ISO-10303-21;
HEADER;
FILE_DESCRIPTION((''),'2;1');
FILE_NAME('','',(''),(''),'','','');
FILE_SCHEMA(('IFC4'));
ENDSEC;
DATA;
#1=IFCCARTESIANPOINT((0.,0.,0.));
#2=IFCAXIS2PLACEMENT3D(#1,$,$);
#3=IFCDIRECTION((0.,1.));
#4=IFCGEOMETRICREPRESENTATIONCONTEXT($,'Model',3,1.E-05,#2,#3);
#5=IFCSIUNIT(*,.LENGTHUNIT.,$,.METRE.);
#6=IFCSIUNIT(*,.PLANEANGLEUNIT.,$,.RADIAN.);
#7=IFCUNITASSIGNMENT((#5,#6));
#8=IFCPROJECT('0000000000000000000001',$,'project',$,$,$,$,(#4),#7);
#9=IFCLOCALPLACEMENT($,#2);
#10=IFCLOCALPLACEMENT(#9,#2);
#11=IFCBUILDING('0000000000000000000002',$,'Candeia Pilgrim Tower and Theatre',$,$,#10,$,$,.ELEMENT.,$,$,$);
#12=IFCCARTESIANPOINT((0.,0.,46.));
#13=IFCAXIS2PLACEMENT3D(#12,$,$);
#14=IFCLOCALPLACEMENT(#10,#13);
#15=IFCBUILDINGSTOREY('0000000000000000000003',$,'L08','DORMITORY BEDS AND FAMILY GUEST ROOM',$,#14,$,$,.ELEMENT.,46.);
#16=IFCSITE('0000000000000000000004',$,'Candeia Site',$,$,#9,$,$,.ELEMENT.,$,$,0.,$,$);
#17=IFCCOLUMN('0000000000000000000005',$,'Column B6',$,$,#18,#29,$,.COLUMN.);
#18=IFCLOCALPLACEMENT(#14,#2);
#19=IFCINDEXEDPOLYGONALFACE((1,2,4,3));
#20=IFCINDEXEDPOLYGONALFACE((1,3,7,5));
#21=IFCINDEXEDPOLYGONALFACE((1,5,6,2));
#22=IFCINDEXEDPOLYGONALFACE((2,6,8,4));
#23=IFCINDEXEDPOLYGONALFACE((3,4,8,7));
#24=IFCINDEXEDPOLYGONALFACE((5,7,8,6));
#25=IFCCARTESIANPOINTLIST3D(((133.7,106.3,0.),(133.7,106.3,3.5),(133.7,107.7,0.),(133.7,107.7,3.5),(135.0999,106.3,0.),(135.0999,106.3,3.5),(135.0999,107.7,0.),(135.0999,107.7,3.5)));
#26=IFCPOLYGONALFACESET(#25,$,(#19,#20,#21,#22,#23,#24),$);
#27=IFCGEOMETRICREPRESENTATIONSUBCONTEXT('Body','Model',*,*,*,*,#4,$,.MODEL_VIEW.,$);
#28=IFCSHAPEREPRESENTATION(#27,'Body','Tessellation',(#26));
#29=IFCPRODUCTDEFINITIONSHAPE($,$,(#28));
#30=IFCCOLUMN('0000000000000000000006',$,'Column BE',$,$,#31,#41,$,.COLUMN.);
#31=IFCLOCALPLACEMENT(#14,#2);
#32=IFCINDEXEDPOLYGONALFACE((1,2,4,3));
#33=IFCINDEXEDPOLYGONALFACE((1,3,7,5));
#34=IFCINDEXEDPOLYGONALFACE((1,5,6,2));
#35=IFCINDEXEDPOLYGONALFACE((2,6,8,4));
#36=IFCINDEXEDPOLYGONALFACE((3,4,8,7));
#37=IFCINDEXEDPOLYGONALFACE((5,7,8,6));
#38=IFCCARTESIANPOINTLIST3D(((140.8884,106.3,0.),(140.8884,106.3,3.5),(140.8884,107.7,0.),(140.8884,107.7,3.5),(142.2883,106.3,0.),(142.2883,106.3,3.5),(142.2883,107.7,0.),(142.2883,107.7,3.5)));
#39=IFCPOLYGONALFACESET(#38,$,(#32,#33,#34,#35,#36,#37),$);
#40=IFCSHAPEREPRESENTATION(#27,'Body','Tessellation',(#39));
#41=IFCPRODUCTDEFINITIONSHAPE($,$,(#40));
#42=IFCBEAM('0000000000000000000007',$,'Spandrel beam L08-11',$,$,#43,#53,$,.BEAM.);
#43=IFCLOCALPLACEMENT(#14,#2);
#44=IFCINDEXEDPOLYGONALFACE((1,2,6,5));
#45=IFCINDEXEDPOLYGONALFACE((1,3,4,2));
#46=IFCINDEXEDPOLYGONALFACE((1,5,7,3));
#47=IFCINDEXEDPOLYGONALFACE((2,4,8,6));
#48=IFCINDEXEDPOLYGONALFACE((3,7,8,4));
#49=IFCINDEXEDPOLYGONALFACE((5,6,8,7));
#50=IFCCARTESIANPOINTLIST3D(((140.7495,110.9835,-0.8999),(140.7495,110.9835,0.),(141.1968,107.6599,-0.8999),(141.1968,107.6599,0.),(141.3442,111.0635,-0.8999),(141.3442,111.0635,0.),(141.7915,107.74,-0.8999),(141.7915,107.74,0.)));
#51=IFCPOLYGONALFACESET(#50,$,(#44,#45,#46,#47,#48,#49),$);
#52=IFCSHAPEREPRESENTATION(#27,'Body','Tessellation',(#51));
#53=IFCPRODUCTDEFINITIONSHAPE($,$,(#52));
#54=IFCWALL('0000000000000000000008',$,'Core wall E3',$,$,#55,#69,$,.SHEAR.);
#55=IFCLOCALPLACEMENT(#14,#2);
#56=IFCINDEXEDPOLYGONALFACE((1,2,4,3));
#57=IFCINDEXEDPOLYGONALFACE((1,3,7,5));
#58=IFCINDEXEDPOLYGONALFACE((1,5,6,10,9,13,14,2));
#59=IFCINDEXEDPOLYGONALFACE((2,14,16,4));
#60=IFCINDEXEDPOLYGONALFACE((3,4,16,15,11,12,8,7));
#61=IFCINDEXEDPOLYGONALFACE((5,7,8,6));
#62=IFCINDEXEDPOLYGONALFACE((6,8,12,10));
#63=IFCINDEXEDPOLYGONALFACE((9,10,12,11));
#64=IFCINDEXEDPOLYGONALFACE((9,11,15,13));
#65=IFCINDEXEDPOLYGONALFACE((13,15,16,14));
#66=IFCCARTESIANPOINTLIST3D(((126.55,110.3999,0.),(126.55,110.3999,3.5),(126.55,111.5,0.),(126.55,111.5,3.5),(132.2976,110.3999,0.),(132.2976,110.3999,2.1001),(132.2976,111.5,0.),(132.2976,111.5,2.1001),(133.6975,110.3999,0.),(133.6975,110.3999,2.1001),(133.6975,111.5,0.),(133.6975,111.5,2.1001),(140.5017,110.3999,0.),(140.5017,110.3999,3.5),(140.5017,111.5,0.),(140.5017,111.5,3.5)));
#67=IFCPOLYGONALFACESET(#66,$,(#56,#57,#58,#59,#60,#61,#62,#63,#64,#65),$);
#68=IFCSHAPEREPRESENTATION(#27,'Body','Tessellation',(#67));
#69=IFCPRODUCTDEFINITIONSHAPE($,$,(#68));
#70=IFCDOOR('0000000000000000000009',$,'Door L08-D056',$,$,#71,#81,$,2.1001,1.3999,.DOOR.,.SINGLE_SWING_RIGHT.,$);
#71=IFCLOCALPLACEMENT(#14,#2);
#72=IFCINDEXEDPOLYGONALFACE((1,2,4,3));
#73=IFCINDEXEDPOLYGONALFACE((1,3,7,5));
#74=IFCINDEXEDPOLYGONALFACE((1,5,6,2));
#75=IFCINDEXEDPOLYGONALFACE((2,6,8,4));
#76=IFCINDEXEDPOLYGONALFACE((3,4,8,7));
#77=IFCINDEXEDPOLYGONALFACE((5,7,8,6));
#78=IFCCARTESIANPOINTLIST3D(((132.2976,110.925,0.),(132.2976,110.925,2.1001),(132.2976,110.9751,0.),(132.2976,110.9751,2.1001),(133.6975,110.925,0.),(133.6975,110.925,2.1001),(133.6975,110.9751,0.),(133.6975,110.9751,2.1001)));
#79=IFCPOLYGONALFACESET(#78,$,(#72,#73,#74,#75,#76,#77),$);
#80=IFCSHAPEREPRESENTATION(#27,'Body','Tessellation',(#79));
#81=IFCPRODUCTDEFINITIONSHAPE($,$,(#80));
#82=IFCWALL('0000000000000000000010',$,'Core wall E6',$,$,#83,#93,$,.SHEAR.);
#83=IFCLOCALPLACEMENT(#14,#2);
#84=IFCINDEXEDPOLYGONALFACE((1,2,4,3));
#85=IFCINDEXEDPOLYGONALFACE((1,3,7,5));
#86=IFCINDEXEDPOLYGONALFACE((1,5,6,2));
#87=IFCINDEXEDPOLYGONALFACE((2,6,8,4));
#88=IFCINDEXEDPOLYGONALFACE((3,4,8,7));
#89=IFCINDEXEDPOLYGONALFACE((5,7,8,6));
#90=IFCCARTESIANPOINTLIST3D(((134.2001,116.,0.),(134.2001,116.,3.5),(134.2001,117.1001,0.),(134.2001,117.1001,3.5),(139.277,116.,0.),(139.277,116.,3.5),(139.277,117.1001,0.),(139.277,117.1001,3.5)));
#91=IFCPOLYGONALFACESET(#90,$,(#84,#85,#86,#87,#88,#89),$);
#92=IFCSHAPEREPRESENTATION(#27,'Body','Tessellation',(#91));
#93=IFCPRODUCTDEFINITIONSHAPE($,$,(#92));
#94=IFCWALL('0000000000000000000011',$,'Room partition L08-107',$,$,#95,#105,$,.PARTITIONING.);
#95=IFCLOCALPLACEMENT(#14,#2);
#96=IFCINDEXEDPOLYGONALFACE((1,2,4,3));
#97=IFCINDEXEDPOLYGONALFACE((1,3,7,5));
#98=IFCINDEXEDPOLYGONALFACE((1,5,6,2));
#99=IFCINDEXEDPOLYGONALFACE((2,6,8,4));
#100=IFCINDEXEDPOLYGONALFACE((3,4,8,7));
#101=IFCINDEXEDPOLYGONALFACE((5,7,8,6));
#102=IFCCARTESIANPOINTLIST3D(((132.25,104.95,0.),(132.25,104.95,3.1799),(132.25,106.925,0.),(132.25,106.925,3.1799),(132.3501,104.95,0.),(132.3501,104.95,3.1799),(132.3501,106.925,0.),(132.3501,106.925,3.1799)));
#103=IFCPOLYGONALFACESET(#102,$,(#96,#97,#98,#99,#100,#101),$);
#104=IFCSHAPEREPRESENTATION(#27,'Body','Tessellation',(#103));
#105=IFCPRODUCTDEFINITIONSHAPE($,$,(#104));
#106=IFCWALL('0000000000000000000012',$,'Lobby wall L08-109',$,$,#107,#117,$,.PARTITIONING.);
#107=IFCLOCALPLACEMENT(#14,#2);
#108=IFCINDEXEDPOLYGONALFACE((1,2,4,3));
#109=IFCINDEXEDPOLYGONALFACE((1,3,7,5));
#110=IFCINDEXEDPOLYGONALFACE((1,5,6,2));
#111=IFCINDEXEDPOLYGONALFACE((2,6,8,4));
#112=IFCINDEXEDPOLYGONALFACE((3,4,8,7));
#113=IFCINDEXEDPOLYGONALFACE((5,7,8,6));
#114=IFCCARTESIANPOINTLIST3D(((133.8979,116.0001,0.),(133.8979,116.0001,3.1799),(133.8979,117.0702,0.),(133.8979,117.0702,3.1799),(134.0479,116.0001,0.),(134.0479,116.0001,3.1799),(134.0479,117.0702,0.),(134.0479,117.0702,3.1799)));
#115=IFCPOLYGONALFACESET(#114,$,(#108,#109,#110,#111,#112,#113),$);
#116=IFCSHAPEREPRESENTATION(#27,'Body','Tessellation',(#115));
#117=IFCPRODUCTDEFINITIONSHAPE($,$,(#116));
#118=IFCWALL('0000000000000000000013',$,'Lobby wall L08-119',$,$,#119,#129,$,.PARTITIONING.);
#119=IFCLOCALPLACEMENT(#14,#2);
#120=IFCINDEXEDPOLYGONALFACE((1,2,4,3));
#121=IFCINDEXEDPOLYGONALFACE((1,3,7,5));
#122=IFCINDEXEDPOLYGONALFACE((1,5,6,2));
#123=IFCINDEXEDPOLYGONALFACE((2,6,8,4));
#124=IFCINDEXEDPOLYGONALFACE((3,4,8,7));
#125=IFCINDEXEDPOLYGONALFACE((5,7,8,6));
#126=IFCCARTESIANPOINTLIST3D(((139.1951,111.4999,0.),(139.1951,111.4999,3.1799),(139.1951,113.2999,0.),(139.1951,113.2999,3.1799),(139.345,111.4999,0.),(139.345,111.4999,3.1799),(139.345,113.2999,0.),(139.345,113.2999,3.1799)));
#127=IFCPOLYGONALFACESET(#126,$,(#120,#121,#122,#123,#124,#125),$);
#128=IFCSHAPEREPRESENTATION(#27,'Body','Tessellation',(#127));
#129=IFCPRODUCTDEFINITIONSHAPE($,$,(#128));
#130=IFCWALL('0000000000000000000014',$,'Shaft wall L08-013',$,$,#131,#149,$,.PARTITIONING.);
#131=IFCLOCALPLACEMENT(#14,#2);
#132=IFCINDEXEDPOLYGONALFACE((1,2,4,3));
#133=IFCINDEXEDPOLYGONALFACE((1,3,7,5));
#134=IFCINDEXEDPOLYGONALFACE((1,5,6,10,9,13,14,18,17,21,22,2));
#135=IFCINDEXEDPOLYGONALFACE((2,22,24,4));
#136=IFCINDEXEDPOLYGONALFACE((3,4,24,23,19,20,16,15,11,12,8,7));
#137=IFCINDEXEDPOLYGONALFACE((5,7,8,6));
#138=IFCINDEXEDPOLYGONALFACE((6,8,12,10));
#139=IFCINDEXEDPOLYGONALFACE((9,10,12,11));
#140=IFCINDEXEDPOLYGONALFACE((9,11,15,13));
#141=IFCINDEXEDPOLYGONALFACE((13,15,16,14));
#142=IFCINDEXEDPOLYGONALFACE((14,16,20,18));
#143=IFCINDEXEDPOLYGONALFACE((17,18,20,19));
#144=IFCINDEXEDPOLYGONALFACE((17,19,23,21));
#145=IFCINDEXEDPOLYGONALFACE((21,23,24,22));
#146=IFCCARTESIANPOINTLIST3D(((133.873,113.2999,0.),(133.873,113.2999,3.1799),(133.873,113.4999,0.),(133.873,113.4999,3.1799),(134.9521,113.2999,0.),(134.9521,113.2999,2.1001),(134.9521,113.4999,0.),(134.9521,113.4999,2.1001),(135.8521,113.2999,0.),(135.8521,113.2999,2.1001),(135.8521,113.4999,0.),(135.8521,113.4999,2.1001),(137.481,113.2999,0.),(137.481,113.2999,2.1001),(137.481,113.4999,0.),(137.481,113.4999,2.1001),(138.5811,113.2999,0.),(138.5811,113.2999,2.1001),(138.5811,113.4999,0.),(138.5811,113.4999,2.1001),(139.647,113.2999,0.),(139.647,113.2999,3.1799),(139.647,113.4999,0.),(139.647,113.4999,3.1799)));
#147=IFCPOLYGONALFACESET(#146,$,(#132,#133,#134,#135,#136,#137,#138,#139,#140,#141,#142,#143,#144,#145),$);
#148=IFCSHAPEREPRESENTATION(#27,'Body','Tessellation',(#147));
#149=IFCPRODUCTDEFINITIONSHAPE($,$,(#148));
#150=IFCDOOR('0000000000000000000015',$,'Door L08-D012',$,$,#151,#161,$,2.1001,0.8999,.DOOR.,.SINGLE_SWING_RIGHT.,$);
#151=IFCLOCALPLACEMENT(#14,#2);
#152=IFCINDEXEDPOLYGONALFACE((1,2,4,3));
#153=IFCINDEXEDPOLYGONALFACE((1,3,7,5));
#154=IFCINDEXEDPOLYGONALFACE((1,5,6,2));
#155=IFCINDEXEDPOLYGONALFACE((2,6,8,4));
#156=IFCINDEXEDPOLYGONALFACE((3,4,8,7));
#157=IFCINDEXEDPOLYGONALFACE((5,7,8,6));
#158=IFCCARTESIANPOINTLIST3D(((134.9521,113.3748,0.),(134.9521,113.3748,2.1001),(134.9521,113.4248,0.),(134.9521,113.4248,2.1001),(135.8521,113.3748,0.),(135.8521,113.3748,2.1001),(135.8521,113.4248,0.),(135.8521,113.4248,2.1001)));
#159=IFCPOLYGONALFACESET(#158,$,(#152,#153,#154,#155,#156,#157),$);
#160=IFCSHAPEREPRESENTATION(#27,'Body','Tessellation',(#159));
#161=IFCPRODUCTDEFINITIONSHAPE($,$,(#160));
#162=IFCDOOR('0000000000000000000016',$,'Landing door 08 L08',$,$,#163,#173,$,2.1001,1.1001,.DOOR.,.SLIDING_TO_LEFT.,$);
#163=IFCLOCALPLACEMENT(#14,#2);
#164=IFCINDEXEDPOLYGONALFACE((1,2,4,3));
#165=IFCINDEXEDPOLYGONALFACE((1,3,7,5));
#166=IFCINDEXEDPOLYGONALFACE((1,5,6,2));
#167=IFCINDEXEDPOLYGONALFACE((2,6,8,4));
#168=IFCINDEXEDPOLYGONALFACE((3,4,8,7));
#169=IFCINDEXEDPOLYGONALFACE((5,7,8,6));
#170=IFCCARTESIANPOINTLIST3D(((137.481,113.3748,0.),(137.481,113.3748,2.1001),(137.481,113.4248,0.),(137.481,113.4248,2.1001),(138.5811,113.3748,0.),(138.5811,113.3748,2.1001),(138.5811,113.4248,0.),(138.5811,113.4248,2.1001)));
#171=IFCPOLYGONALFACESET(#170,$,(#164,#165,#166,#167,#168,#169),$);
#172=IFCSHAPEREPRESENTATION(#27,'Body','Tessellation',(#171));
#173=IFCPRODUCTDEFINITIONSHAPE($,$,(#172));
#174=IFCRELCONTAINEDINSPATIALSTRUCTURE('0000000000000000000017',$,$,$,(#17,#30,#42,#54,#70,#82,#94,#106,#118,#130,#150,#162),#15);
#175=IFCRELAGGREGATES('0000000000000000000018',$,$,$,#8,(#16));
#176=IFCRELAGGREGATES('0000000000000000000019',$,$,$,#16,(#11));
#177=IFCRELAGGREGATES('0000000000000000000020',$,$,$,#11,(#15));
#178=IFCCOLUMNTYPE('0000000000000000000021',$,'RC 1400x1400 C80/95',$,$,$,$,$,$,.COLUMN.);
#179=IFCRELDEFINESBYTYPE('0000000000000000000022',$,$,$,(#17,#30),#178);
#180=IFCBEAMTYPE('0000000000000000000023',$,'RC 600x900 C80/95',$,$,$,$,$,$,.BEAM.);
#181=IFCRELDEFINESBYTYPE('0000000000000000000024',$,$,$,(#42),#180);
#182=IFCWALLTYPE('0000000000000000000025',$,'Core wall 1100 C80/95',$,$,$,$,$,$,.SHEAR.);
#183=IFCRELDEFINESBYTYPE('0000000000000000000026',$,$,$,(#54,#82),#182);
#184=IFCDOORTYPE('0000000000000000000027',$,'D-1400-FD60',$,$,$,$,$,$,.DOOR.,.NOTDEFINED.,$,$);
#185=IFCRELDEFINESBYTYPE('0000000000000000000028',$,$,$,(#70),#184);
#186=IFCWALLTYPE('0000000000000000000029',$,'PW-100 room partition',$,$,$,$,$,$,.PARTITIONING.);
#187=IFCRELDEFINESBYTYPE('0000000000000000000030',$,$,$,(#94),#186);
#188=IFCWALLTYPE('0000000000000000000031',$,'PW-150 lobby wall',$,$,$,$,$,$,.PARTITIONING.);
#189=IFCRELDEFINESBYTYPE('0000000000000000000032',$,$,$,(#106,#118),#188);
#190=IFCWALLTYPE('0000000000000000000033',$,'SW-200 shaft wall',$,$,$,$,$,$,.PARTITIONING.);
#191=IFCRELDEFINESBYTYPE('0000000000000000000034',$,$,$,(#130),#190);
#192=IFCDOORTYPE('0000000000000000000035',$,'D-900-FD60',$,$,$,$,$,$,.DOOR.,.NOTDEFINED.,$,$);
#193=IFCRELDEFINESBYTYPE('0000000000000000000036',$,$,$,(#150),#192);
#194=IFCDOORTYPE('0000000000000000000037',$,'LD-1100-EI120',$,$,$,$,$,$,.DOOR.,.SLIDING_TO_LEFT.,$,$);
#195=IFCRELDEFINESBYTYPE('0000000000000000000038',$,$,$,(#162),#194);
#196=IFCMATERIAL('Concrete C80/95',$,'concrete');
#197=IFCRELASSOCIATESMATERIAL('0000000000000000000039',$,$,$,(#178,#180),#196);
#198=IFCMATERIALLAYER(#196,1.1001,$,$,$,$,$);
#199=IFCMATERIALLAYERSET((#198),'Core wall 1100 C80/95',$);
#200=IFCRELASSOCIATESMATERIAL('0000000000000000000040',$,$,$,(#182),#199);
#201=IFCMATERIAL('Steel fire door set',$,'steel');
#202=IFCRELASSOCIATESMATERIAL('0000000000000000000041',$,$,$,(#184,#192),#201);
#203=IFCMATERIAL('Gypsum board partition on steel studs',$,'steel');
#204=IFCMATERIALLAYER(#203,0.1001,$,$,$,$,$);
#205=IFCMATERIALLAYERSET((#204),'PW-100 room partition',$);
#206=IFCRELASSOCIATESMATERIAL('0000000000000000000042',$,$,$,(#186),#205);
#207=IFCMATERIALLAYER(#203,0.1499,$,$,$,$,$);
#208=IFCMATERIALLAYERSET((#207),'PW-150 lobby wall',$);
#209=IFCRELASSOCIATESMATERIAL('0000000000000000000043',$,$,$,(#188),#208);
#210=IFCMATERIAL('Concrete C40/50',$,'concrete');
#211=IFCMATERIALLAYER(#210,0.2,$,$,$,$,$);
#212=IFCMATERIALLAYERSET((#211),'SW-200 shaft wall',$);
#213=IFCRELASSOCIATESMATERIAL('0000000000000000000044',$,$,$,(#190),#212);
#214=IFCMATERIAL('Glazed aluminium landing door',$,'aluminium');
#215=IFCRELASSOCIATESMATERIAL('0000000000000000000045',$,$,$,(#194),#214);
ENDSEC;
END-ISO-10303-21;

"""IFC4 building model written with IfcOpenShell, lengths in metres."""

from ifc_helpers import new_model, si_unit, direction, frame, frame_2d, origin, origin_2d, place, context, subcontext, project, spatial, rectangle, extrude, material, layer, layer_set, material_profile, profile_set, type_object, element, fill, save


model = new_model("IFC4")

# Units and contexts
model_context = context("Model", 3, precision=1e-05, world=origin(), true_north=direction((0.0, 1.0)))
body_context = subcontext(model_context, "Body", "Model", "MODEL_VIEW")
ifc_project = project(units=[si_unit("LENGTHUNIT", "METRE"), si_unit("PLANEANGLEUNIT", "RADIAN")], contexts=[model_context])

# Site, building, storey
site_placement = place(None, origin())
site = spatial("IfcSite", under=ifc_project, at=site_placement, Name="Candeia Site", CompositionType="ELEMENT", RefElevation=0.0)
building_placement = place(site_placement, origin())
building = spatial("IfcBuilding", under=site, at=building_placement, Name="Candeia Pilgrim Tower and Theatre", CompositionType="ELEMENT")
storey_placement = place(building_placement, frame((0.0, 0.0, 46.0)))
storey = spatial("IfcBuildingStorey", under=building, at=storey_placement, Name="L08", Description="DORMITORY BEDS AND FAMILY GUEST ROOM", CompositionType="ELEMENT", Elevation=46.0)

# Columns
ifc_material_1 = material(Name="Concrete C80/95", Category="concrete")
ifc_material_profile_1 = material_profile(ifc_material_1, rectangle(XDim=1.3999, YDim=1.3999, at=origin_2d()))
ifc_profile_set_1 = profile_set([ifc_material_profile_1], Name="Concrete C80/95")
column_type = type_object("IfcColumnType", Name="RC 1400x1400 C80/95", PredefinedType="COLUMN", material=ifc_profile_set_1)
for number, where, z_axis, x_axis, name in (
    (1, (134.3999, 107.0, 0.0), (0.0, 0.0, 1.0), (1.0, 0.0, 0.0), "Column B6"),
    (2, (141.5884, 107.0, 0.0), (0.0, 0.0, 1.0), (1.0, 0.0, 0.0), "Column BE"),
):
    element("IfcColumn", number, at=place(storey_placement, frame(where, z_axis=z_axis, x_axis=x_axis)), inside=storey, type_object=column_type, Name=name, PredefinedType="COLUMN", context=body_context, shape_type="SweptSolid", body=[
        extrude(rectangle(XDim=1.3999, YDim=1.3999, at=origin_2d()), origin(), (0.0, 0.0, 1.0), 3.5),
    ])

# Beam
ifc_material_profile_2 = material_profile(ifc_material_1, rectangle(XDim=0.6001, YDim=0.8999, at=origin_2d()))
ifc_profile_set_2 = profile_set([ifc_material_profile_2], Name="Concrete C80/95")
beam_type = type_object("IfcBeamType", Name="RC 600x900 C80/95", PredefinedType="BEAM", material=ifc_profile_set_2)
beam_placement = place(storey_placement, frame((141.4941, 107.7, -0.45), z_axis=(-0.133375, 0.991066, 0.0), x_axis=(-0.991066, -0.133375, 0.0)))
element("IfcBeam", 3, at=beam_placement, inside=storey, type_object=beam_type, Name="Spandrel beam L08-11", PredefinedType="BEAM", context=body_context, shape_type="SweptSolid", body=[
    extrude(rectangle(XDim=0.6001, YDim=0.8999, at=origin_2d()), origin(), (0.0, 0.0, 1.0), 3.3535),
])

# Wall, opening, door
ifc_layer_1 = layer(ifc_material_1, 1.1001)
ifc_layer_set_1 = layer_set([ifc_layer_1], Name="Core wall 1100 C80/95")
wall_type_1 = type_object("IfcWallType", Name="Core wall 1100 C80/95", PredefinedType="SHEAR", material=ifc_layer_set_1)
wall_1_placement = place(storey_placement, frame((140.5017, 110.95, 0.0), z_axis=(0.0, 0.0, 1.0), x_axis=(-1.0, 0.0, 0.0)))
wall_1 = element("IfcWall", 4, at=wall_1_placement, inside=storey, type_object=wall_type_1, Name="Core wall E3", PredefinedType="SHEAR", context=body_context, shape_type="SweptSolid", body=[
    extrude(rectangle(XDim=13.9517, YDim=1.1001, at=frame_2d((6.9758, 0.0))), origin(), (0.0, 0.0, 1.0), 3.5),
])
opening_1_placement = place(wall_1_placement, frame((6.8042, 0.0, 0.0)))
opening_1 = element("IfcOpeningElement", 5, at=opening_1_placement, cuts=wall_1, PredefinedType="OPENING", context=body_context, shape_type="SweptSolid", body=[
    extrude(rectangle(XDim=1.3999, YDim=2.1001, at=frame_2d((0.7, 1.05))), frame((0.0, 0.5601, 0.0), z_axis=(0.0, -1.0, 0.0), x_axis=(1.0, 0.0, 0.0)), (0.0, 0.0, 1.0), 1.1201),
])
ifc_material_2 = material(Name="Steel fire door set", Category="steel")
door_type_1 = type_object("IfcDoorType", Name="D-1400-FD60", OperationType="NOTDEFINED", PredefinedType="DOOR", material=ifc_material_2)
door_1_placement = place(opening_1_placement, origin())
door_1 = element("IfcDoor", 6, at=door_1_placement, inside=storey, type_object=door_type_1, Name="Door L08-D056", OperationType="SINGLE_SWING_RIGHT", OverallHeight=2.1001, OverallWidth=1.3999, PredefinedType="DOOR", context=body_context, shape_type="SweptSolid", body=[
    extrude(rectangle(XDim=1.3999, YDim=2.1001, at=frame_2d((0.7, 1.05))), frame((0.0, 0.0249, 0.0), z_axis=(0.0, -1.0, 0.0), x_axis=(1.0, 0.0, 0.0)), (0.0, 0.0, 1.0), 0.05),
])
fill(opening_1, door_1)

# Walls
wall_2_placement = place(storey_placement, frame((134.2, 116.55, 0.0), z_axis=(0.0, 0.0, 1.0), x_axis=(1.0, 0.0, 0.0)))
element("IfcWall", 7, at=wall_2_placement, inside=storey, type_object=wall_type_1, Name="Core wall E6", PredefinedType="SHEAR", context=body_context, shape_type="SweptSolid", body=[
    extrude(rectangle(XDim=5.0769, YDim=1.1001, at=frame_2d((2.5386, 0.0))), origin(), (0.0, 0.0, 1.0), 3.5),
])
ifc_material_3 = material(Name="Gypsum board partition on steel studs", Category="steel")
ifc_layer_2 = layer(ifc_material_3, 0.1001)
ifc_layer_set_2 = layer_set([ifc_layer_2], Name="PW-100 room partition")
wall_type_2 = type_object("IfcWallType", Name="PW-100 room partition", PredefinedType="PARTITIONING", material=ifc_layer_set_2)
wall_3_placement = place(storey_placement, frame((132.3, 104.95, 0.0), z_axis=(0.0, 0.0, 1.0), x_axis=(0.0, 1.0, 0.0)))
element("IfcWall", 8, at=wall_3_placement, inside=storey, type_object=wall_type_2, Name="Room partition L08-107", PredefinedType="PARTITIONING", context=body_context, shape_type="SweptSolid", body=[
    extrude(rectangle(XDim=1.9751, YDim=0.1001, at=frame_2d((0.9875, 0.0))), origin(), (0.0, 0.0, 1.0), 3.1799),
])
ifc_layer_3 = layer(ifc_material_3, 0.1499)
ifc_layer_set_3 = layer_set([ifc_layer_3], Name="PW-150 lobby wall")
wall_type_3 = type_object("IfcWallType", Name="PW-150 lobby wall", PredefinedType="PARTITIONING", material=ifc_layer_set_3)
wall_4_placement = place(storey_placement, frame((133.9729, 116.0, 0.0), z_axis=(0.0, 0.0, 1.0), x_axis=(0.0, 1.0, 0.0)))
element("IfcWall", 9, at=wall_4_placement, inside=storey, type_object=wall_type_3, Name="Lobby wall L08-109", PredefinedType="PARTITIONING", context=body_context, shape_type="SweptSolid", body=[
    extrude(rectangle(XDim=1.0701, YDim=0.1499, at=frame_2d((0.5352, 0.0))), origin(), (0.0, 0.0, 1.0), 3.1799),
])
wall_5_placement = place(storey_placement, frame((139.27, 111.5, 0.0), z_axis=(0.0, 0.0, 1.0), x_axis=(0.0, 1.0, 0.0)))
element("IfcWall", 10, at=wall_5_placement, inside=storey, type_object=wall_type_3, Name="Lobby wall L08-119", PredefinedType="PARTITIONING", context=body_context, shape_type="SweptSolid", body=[
    extrude(rectangle(XDim=1.8, YDim=0.1499, at=frame_2d((0.8999, 0.0))), origin(), (0.0, 0.0, 1.0), 3.1799),
])

# Wall, openings, doors
ifc_material_4 = material(Name="Concrete C40/50", Category="concrete")
ifc_layer_4 = layer(ifc_material_4, 0.2)
ifc_layer_set_4 = layer_set([ifc_layer_4], Name="SW-200 shaft wall")
wall_type_4 = type_object("IfcWallType", Name="SW-200 shaft wall", PredefinedType="PARTITIONING", material=ifc_layer_set_4)
wall_6_placement = place(storey_placement, frame((133.873, 113.3999, 0.0), z_axis=(0.0, 0.0, 1.0), x_axis=(1.0, 0.0, 0.0)))
wall_6 = element("IfcWall", 11, at=wall_6_placement, inside=storey, type_object=wall_type_4, Name="Shaft wall L08-013", PredefinedType="PARTITIONING", context=body_context, shape_type="SweptSolid", body=[
    extrude(rectangle(XDim=5.7739, YDim=0.2, at=frame_2d((2.887, 0.0))), origin(), (0.0, 0.0, 1.0), 3.1799),
])
opening_2_placement = place(wall_6_placement, frame((3.6079, 0.0, 0.0)))
opening_2 = element("IfcOpeningElement", 12, at=opening_2_placement, cuts=wall_6, PredefinedType="OPENING", context=body_context, shape_type="SweptSolid", body=[
    extrude(rectangle(XDim=1.1001, YDim=2.1001, at=frame_2d((0.55, 1.05))), frame((0.0, 0.1099, 0.0), z_axis=(0.0, -1.0, 0.0), x_axis=(1.0, 0.0, 0.0)), (0.0, 0.0, 1.0), 0.22),
])
opening_3_placement = place(wall_6_placement, frame((1.0791, 0.0, 0.0)))
opening_3 = element("IfcOpeningElement", 13, at=opening_3_placement, cuts=wall_6, PredefinedType="OPENING", context=body_context, shape_type="SweptSolid", body=[
    extrude(rectangle(XDim=0.8999, YDim=2.1001, at=frame_2d((0.45, 1.05))), frame((0.0, 0.1099, 0.0), z_axis=(0.0, -1.0, 0.0), x_axis=(1.0, 0.0, 0.0)), (0.0, 0.0, 1.0), 0.22),
])
door_type_2 = type_object("IfcDoorType", Name="D-900-FD60", OperationType="NOTDEFINED", PredefinedType="DOOR", material=ifc_material_2)
door_2_placement = place(opening_3_placement, origin())
door_2 = element("IfcDoor", 14, at=door_2_placement, inside=storey, type_object=door_type_2, Name="Door L08-D012", OperationType="SINGLE_SWING_RIGHT", OverallHeight=2.1001, OverallWidth=0.8999, PredefinedType="DOOR", context=body_context, shape_type="SweptSolid", body=[
    extrude(rectangle(XDim=0.8999, YDim=2.1001, at=frame_2d((0.45, 1.05))), frame((0.0, 0.0249, 0.0), z_axis=(0.0, -1.0, 0.0), x_axis=(1.0, 0.0, 0.0)), (0.0, 0.0, 1.0), 0.05),
])
fill(opening_3, door_2)
ifc_material_5 = material(Name="Glazed aluminium landing door", Category="aluminium")
door_type_3 = type_object("IfcDoorType", Name="LD-1100-EI120", OperationType="SLIDING_TO_LEFT", PredefinedType="DOOR", material=ifc_material_5)
door_3_placement = place(opening_2_placement, origin())
door_3 = element("IfcDoor", 15, at=door_3_placement, inside=storey, type_object=door_type_3, Name="Landing door 08 L08", OperationType="SLIDING_TO_LEFT", OverallHeight=2.1001, OverallWidth=1.1001, PredefinedType="DOOR", context=body_context, shape_type="SweptSolid", body=[
    extrude(rectangle(XDim=1.1001, YDim=2.1001, at=frame_2d((0.55, 1.05))), frame((0.0, 0.0249, 0.0), z_axis=(0.0, -1.0, 0.0), x_axis=(1.0, 0.0, 0.0)), (0.0, 0.0, 1.0), 0.05),
])
fill(opening_2, door_3)

save(model, "model.ifc")
